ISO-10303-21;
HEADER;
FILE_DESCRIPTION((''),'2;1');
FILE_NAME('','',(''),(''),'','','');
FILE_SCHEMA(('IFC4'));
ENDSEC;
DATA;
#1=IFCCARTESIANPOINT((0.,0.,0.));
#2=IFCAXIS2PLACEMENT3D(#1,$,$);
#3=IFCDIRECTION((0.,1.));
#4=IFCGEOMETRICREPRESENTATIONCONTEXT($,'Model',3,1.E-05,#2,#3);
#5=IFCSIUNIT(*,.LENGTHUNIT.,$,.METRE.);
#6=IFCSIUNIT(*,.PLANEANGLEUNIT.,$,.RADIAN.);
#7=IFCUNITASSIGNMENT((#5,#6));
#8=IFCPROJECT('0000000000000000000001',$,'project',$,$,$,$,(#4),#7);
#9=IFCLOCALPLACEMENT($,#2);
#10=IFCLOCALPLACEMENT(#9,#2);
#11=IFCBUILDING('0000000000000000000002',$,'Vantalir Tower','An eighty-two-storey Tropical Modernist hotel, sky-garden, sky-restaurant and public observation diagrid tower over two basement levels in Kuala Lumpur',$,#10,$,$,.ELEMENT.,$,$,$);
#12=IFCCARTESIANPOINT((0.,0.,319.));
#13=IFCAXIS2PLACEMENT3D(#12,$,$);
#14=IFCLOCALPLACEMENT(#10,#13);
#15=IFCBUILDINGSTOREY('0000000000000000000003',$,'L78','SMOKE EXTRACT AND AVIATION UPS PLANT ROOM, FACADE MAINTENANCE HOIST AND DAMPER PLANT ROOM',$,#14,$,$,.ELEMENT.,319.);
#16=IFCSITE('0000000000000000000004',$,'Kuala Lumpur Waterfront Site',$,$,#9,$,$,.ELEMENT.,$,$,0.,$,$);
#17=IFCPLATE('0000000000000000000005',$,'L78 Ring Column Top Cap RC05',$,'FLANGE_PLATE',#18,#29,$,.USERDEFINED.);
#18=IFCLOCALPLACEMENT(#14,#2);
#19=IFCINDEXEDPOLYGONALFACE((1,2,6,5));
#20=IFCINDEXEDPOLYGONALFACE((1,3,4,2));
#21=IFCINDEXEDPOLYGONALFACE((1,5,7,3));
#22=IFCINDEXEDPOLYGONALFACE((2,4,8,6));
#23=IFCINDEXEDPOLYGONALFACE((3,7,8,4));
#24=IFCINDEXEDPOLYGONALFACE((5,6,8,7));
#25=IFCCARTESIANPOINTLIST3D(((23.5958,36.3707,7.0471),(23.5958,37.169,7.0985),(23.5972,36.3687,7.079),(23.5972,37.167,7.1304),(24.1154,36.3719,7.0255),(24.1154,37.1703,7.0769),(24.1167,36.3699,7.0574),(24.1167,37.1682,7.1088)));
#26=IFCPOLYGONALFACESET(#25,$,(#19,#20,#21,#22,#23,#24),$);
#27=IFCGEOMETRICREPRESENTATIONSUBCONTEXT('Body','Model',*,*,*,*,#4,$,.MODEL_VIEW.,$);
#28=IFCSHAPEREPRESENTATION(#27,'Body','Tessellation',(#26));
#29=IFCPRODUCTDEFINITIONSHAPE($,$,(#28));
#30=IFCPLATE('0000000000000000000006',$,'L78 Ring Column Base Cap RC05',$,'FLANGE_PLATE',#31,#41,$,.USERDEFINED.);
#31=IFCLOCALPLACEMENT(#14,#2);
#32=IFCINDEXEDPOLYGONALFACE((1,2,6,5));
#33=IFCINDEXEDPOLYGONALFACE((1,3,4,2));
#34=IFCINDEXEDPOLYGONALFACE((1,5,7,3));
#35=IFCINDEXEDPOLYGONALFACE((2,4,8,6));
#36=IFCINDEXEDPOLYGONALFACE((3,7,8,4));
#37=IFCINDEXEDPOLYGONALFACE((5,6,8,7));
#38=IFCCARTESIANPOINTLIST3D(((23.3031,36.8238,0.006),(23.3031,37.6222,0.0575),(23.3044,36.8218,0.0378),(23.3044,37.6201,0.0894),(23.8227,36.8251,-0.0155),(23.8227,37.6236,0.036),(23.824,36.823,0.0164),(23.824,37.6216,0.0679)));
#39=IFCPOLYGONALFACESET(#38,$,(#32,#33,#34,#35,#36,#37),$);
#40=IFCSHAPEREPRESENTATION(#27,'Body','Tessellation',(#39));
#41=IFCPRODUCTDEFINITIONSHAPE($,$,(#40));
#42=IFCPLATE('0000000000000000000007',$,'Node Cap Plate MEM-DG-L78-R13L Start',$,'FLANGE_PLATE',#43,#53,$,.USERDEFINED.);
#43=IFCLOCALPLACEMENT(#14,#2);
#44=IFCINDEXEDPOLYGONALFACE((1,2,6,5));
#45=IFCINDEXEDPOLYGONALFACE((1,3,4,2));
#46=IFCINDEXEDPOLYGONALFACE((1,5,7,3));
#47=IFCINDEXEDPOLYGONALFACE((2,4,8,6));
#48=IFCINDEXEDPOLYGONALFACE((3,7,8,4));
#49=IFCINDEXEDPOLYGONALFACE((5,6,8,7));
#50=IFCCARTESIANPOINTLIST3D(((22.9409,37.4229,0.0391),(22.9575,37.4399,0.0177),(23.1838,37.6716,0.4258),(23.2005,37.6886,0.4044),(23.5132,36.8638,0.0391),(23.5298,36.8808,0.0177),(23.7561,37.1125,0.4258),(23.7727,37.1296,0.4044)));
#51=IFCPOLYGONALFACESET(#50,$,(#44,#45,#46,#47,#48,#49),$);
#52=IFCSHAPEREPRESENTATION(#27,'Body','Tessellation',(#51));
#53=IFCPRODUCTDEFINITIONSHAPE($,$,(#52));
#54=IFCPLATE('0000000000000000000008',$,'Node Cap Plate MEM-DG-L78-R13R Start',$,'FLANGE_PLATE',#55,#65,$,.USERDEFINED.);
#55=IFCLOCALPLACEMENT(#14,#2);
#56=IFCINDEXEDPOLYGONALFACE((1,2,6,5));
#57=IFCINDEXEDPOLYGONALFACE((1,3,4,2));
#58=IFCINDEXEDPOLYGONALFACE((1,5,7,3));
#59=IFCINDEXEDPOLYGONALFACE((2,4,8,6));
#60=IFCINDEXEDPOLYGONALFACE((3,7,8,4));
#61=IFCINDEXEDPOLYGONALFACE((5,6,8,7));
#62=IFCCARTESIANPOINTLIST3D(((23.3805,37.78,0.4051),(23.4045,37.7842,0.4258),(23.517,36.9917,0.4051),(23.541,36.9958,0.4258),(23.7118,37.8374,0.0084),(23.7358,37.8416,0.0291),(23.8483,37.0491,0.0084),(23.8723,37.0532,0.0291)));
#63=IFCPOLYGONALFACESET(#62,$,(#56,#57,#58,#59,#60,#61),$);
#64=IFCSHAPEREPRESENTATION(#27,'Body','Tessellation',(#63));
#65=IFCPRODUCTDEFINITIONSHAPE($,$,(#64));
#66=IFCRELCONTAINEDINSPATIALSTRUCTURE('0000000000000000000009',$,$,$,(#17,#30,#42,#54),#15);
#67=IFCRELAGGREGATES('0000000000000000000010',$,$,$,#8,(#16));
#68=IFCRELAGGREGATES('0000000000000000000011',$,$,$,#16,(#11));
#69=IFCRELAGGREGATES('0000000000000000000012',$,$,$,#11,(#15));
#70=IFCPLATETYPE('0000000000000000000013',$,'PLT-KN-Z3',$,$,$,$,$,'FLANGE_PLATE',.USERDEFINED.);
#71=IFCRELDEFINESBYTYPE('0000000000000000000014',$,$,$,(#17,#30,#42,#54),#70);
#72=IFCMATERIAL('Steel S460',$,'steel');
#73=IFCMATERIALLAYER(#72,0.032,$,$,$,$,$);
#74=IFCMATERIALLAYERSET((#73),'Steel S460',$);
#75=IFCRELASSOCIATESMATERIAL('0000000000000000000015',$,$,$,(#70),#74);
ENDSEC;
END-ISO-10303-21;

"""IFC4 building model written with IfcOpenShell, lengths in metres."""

from ifc_helpers import new_model, si_unit, direction, frame, origin, place, context, subcontext, project, spatial, polyline, outline, extrude, material, layer, layer_set, type_object, element, save


model = new_model("IFC4")

# Units and contexts
model_context = context("Model", 3, precision=1e-05, world=origin(), true_north=direction((0.0, 1.0)))
body_context = subcontext(model_context, "Body", "Model", "MODEL_VIEW")
ifc_project = project(units=[si_unit("LENGTHUNIT", "METRE"), si_unit("PLANEANGLEUNIT", "RADIAN")], contexts=[model_context])

# Site, building, storey
site_placement = place(None, origin())
site = spatial("IfcSite", under=ifc_project, at=site_placement, Name="Kuala Lumpur Waterfront Site", CompositionType="ELEMENT", RefElevation=0.0)
building_placement = place(site_placement, origin())
building = spatial("IfcBuilding", under=site, at=building_placement, Name="Vantalir Tower", Description="An eighty-two-storey Tropical Modernist hotel, sky-garden, sky-restaurant and public observation diagrid tower over two basement levels in Kuala Lumpur", CompositionType="ELEMENT")
storey_placement = place(building_placement, frame((0.0, 0.0, 319.0)))
storey = spatial("IfcBuildingStorey", under=building, at=storey_placement, Name="L78", Description="SMOKE EXTRACT AND AVIATION UPS PLANT ROOM, FACADE MAINTENANCE HOIST AND DAMPER PLANT ROOM", CompositionType="ELEMENT", Elevation=319.0)

# Shared definitions
ifc_material_1 = material(Name="Steel S460", Category="steel")

# Plates
ifc_layer_1 = layer(ifc_material_1, 0.032)
ifc_layer_set_1 = layer_set([ifc_layer_1], Name="Steel S460")
plate_type_1 = type_object("IfcPlateType", Name="PLT-KN-Z3", ElementType="FLANGE_PLATE", PredefinedType="USERDEFINED", material=ifc_layer_set_1)
plate_1_placement = place(storey_placement, frame((23.5972, 37.167, 7.1304), z_axis=(0.041617, -0.064184, 0.99707), x_axis=(-0.000006, -0.997934, -0.06424)))
element("IfcPlate", 1, at=plate_1_placement, inside=storey, type_object=plate_type_1, Name="L78 Ring Column Top Cap RC05", ObjectType="FLANGE_PLATE", PredefinedType="USERDEFINED", context=body_context, shape_type="SweptSolid", body=[
    extrude(outline(polyline([(0.0, 0.0), (0.8, 0.0), (0.8002, 0.52), (0.0002, 0.52), (0.0, 0.0)])), origin(), (0.0, 0.0, -1.0), 0.032),
])
plate_2_placement = place(storey_placement, frame((23.3044, 37.6201, 0.0894), z_axis=(0.041398, -0.064327, 0.99707), x_axis=(0.0, -0.997925, -0.064382)))
element("IfcPlate", 2, at=plate_2_placement, inside=storey, type_object=plate_type_1, Name="L78 Ring Column Base Cap RC05", ObjectType="FLANGE_PLATE", PredefinedType="USERDEFINED", context=body_context, shape_type="SweptSolid", body=[
    extrude(outline(polyline([(0.0, 0.0), (0.8, 0.0), (0.8002, 0.52), (-0.0001, 0.52), (0.0, 0.0)])), origin(), (0.0, 0.0, -1.0), 0.032),
])
plate_3_placement = place(storey_placement, frame((22.9409, 37.4229, 0.0391), z_axis=(-0.519654, -0.531908, 0.668605), x_axis=(0.715298, -0.698819, 0.0)))
element("IfcPlate", 3, at=plate_3_placement, inside=storey, type_object=plate_type_1, Name="Node Cap Plate MEM-DG-L78-R13L Start", ObjectType="FLANGE_PLATE", PredefinedType="USERDEFINED", context=body_context, shape_type="SweptSolid", body=[
    extrude(outline(polyline([(0.0, 0.0), (0.8, 0.0), (0.7999, 0.5201), (-0.0001, 0.5201), (0.0, 0.0)])), origin(), (0.0, 0.0, -1.0), 0.032),
])
plate_4_placement = place(storey_placement, frame((23.8723, 37.0532, 0.0291), z_axis=(0.751696, 0.130133, 0.646543), x_axis=(-0.170581, 0.985344, 0.0)))
element("IfcPlate", 4, at=plate_4_placement, inside=storey, type_object=plate_type_1, Name="Node Cap Plate MEM-DG-L78-R13R Start", ObjectType="FLANGE_PLATE", PredefinedType="USERDEFINED", context=body_context, shape_type="SweptSolid", body=[
    extrude(outline(polyline([(0.0, 0.0), (0.8001, 0.0), (0.8, 0.52), (0.0, 0.52), (0.0, 0.0)])), origin(), (0.0, 0.0, -1.0), 0.032),
])

save(model, "model.ifc")
